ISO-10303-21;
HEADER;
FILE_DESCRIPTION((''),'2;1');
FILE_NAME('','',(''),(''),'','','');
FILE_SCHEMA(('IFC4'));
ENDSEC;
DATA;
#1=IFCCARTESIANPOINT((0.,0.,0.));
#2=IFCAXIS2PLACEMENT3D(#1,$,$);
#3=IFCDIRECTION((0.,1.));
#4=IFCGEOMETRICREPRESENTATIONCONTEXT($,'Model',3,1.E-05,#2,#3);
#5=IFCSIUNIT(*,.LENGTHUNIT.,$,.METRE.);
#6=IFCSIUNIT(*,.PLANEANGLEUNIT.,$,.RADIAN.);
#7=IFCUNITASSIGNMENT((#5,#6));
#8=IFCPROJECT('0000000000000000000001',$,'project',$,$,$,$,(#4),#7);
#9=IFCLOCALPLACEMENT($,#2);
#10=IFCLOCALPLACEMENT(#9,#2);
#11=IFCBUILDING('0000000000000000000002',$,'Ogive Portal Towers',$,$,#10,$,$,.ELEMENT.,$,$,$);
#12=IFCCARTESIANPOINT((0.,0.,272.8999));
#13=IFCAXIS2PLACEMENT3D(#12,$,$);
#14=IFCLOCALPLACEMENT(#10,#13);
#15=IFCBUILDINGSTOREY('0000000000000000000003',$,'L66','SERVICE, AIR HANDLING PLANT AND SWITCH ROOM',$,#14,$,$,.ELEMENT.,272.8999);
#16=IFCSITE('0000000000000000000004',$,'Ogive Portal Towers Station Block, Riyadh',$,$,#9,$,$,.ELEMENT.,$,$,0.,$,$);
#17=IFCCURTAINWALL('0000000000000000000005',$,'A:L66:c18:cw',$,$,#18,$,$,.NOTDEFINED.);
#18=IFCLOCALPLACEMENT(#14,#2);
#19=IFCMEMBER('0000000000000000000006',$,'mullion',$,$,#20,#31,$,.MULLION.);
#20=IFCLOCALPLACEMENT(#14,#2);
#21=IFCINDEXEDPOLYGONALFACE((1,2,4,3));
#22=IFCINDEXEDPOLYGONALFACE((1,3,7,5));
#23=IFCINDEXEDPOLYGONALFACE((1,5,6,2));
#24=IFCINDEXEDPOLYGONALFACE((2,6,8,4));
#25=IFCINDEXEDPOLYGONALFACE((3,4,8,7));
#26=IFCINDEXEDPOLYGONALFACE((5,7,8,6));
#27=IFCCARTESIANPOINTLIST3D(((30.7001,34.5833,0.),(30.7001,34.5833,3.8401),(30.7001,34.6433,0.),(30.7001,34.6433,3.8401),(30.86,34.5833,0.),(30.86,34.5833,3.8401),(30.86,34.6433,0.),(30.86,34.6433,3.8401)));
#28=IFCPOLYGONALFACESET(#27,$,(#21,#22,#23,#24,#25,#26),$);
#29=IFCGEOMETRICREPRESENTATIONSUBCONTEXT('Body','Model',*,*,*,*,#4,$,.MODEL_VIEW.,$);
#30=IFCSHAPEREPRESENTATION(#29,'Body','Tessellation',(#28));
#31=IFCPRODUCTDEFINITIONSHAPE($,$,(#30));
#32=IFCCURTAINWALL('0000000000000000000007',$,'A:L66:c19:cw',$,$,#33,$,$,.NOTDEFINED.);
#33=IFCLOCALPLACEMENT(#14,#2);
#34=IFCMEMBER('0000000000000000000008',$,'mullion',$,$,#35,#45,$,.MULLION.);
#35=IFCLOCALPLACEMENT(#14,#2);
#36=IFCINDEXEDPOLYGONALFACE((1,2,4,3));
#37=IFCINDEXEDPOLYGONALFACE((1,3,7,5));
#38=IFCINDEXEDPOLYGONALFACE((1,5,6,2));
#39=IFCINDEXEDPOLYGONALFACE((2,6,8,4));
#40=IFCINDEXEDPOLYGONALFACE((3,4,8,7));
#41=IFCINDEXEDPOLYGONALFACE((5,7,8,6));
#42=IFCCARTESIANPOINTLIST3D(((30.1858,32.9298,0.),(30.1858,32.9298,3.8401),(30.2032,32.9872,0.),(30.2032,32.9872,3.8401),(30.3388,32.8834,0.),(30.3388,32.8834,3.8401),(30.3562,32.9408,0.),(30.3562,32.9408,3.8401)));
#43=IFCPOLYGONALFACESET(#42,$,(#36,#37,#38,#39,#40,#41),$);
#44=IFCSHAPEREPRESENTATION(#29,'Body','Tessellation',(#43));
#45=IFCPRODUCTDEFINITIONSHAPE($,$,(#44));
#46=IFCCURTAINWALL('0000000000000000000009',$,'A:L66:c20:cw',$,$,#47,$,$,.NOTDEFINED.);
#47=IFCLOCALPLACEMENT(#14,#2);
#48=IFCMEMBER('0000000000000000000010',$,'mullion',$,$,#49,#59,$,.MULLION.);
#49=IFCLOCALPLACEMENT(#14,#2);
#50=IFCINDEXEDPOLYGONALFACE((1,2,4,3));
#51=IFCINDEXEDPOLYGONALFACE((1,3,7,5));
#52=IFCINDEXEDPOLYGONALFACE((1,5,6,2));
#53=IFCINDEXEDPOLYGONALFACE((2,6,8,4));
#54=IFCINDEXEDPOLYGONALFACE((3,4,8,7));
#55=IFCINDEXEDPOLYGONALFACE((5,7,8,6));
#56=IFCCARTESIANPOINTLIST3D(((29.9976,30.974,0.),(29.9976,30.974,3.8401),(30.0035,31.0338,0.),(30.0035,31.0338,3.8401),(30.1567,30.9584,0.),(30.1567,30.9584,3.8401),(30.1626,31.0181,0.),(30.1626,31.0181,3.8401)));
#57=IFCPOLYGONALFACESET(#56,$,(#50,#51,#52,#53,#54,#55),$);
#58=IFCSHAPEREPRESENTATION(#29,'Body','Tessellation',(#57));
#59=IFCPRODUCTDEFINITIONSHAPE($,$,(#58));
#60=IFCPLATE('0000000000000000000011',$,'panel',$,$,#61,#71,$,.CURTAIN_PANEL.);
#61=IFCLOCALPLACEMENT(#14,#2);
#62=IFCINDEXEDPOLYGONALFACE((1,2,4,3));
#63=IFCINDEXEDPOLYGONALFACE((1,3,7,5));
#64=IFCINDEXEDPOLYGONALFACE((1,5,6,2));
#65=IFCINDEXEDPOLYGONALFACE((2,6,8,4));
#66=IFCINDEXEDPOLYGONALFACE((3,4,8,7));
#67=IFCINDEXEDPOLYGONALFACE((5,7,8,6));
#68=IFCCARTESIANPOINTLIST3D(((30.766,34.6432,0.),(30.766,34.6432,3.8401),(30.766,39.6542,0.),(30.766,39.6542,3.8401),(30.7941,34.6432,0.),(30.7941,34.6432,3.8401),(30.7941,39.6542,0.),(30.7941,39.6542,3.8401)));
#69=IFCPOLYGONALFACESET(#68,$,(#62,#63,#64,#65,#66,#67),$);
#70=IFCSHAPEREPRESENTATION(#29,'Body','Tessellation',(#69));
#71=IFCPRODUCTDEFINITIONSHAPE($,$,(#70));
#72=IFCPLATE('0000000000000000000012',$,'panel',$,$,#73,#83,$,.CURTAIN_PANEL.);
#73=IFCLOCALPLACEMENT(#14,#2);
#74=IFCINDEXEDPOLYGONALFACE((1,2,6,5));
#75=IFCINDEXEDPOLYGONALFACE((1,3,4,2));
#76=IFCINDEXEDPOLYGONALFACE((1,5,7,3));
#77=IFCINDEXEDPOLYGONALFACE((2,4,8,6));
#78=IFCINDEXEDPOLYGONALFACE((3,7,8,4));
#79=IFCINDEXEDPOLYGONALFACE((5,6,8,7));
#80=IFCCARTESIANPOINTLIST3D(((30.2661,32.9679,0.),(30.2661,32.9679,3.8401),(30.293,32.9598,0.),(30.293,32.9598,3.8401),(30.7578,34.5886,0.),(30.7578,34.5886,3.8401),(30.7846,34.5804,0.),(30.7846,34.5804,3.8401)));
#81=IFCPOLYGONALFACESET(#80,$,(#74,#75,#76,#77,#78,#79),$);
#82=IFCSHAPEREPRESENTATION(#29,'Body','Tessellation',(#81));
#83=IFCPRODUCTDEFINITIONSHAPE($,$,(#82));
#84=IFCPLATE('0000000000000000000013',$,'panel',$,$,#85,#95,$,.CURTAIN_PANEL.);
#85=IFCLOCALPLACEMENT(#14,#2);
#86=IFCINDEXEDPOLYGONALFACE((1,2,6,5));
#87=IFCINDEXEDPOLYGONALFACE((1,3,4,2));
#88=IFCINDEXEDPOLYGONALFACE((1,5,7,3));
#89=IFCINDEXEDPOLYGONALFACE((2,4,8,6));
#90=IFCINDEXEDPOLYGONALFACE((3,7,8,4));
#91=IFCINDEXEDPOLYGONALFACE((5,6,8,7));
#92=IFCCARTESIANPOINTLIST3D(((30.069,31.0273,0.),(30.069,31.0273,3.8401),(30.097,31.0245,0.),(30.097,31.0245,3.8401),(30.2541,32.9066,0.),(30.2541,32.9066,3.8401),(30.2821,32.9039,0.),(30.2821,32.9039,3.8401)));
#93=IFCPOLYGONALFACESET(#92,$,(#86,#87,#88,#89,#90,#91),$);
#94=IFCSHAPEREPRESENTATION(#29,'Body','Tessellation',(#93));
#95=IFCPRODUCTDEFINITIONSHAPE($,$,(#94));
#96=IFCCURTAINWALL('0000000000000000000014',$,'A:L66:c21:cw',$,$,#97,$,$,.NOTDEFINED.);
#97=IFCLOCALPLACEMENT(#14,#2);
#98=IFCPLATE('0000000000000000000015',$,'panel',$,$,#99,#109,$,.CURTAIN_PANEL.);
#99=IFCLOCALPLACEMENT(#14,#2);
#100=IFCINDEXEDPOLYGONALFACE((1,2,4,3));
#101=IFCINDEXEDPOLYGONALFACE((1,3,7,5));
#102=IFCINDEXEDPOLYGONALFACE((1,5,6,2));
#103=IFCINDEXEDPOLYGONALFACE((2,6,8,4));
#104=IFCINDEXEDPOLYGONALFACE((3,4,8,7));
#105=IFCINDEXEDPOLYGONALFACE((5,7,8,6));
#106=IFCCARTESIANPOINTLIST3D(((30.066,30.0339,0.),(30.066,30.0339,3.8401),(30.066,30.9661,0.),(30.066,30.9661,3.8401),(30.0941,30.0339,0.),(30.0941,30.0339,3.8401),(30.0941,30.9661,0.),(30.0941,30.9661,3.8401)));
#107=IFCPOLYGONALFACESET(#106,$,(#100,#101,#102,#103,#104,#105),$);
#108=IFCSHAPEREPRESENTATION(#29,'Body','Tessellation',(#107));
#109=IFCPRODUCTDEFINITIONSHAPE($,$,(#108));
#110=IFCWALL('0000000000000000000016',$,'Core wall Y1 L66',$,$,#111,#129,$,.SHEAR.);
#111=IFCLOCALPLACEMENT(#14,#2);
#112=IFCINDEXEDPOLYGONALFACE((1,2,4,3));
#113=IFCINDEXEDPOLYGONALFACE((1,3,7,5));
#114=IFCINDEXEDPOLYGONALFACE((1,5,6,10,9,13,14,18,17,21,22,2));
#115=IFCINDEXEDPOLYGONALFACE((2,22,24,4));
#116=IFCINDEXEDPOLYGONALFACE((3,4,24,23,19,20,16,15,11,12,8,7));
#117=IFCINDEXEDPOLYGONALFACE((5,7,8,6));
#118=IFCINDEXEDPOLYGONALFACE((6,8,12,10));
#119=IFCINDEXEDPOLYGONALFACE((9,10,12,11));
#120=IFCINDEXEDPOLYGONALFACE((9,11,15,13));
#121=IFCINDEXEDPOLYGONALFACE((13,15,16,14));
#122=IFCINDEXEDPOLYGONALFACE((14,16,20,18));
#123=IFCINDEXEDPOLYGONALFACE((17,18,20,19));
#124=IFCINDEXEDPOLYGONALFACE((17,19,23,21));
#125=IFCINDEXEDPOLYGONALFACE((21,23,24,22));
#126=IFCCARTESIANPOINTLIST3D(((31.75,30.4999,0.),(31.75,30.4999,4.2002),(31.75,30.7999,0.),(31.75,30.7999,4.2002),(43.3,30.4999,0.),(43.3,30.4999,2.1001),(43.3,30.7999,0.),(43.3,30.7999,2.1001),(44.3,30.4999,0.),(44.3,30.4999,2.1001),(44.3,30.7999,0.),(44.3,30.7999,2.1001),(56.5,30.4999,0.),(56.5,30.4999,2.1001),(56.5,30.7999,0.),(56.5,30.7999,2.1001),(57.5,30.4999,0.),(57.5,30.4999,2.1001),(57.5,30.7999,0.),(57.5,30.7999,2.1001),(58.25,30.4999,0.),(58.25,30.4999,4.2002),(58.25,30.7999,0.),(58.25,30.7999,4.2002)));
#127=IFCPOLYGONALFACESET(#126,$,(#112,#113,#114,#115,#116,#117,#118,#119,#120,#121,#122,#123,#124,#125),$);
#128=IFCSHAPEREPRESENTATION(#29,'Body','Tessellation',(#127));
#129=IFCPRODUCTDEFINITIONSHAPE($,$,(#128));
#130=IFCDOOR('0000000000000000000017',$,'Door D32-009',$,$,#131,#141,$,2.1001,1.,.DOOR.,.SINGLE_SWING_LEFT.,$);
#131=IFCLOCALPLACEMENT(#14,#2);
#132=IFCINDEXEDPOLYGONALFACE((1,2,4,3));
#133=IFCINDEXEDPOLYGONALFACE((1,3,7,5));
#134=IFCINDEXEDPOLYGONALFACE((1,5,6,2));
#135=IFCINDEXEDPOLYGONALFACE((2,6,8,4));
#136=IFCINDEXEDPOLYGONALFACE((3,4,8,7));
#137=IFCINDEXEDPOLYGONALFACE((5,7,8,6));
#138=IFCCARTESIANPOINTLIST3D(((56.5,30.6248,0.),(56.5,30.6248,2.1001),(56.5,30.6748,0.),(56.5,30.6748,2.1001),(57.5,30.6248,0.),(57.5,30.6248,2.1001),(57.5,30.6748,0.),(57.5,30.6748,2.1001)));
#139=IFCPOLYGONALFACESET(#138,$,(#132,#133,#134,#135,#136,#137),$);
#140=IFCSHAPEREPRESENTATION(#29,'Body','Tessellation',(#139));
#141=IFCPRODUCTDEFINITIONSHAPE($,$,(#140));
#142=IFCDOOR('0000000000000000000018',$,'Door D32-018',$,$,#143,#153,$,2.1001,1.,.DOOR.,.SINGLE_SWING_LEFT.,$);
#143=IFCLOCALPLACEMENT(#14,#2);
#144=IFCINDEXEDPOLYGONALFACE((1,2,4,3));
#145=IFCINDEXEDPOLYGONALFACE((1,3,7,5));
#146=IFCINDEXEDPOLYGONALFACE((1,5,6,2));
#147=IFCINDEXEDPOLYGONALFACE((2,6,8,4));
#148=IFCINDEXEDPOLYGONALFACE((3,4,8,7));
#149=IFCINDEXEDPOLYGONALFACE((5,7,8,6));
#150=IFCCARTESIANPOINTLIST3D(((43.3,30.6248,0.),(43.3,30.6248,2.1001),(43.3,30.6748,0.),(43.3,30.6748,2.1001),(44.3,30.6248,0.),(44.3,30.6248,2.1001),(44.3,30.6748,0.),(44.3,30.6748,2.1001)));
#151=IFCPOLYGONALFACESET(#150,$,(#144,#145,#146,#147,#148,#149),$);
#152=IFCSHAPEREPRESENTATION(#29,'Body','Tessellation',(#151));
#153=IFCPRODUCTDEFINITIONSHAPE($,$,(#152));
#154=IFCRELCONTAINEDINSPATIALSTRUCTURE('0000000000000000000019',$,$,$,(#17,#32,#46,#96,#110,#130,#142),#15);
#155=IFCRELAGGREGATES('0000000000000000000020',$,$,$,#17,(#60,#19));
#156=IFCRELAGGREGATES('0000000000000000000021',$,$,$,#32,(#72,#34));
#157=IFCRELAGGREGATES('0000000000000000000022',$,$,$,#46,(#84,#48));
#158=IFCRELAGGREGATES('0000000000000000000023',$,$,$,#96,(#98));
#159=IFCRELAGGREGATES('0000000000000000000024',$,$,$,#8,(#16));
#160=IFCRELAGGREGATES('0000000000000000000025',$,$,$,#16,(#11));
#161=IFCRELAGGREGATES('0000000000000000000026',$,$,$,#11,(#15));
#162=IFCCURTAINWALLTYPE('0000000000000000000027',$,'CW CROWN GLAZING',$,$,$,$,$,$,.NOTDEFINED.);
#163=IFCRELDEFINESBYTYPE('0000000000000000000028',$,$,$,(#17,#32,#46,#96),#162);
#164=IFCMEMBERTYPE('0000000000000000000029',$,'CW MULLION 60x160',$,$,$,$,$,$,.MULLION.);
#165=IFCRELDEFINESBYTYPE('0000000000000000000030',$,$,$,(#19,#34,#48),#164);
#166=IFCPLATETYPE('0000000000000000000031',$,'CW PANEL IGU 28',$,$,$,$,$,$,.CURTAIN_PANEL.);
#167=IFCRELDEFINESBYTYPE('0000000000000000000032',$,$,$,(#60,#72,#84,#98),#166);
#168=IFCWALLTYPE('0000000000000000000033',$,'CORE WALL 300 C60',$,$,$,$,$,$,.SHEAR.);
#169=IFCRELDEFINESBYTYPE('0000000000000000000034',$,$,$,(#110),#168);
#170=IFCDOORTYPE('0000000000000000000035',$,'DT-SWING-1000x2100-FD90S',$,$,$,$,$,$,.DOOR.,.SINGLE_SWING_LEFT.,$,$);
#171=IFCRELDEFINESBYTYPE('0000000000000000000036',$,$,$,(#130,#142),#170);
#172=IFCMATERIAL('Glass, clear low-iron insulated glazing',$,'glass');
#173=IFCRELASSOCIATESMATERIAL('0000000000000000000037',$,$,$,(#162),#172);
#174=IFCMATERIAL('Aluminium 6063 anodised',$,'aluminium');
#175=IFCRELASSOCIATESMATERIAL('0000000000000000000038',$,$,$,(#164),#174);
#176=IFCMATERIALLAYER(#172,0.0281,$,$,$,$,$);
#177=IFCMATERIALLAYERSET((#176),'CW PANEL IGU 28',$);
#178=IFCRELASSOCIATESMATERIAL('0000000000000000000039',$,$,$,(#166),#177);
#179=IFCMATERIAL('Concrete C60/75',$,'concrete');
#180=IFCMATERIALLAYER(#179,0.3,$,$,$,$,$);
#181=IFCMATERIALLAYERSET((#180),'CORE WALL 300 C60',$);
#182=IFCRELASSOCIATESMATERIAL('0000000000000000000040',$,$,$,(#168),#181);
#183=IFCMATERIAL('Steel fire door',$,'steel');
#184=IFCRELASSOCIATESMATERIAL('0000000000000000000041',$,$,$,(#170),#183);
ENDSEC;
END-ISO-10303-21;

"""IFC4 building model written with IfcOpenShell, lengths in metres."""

from ifc_helpers import new_model, si_unit, direction, frame, frame_2d, origin, origin_2d, place, context, subcontext, project, spatial, rectangle, extrude, material, layer, layer_set, material_profile, profile_set, type_object, element, fill, aggregate, save


model = new_model("IFC4")

# Units and contexts
model_context = context("Model", 3, precision=1e-05, world=origin(), true_north=direction((0.0, 1.0)))
body_context = subcontext(model_context, "Body", "Model", "MODEL_VIEW")
ifc_project = project(units=[si_unit("LENGTHUNIT", "METRE"), si_unit("PLANEANGLEUNIT", "RADIAN")], contexts=[model_context])

# Site, building, storey
site_placement = place(None, origin())
site = spatial("IfcSite", under=ifc_project, at=site_placement, Name="Ogive Portal Towers Station Block, Riyadh", CompositionType="ELEMENT", RefElevation=0.0)
building_placement = place(site_placement, origin())
building = spatial("IfcBuilding", under=site, at=building_placement, Name="Ogive Portal Towers", CompositionType="ELEMENT")
storey_placement = place(building_placement, frame((0.0, 0.0, 272.8999)))
storey = spatial("IfcBuildingStorey", under=building, at=storey_placement, Name="L66", Description="SERVICE, AIR HANDLING PLANT AND SWITCH ROOM", CompositionType="ELEMENT", Elevation=272.8999)

# Curtain walls, members
ifc_material_1 = material(Name="Glass, clear low-iron insulated glazing", Category="glass")
curtain_wall_type = type_object("IfcCurtainWallType", Name="CW CROWN GLAZING", PredefinedType="NOTDEFINED", material=ifc_material_1)
curtain_wall_1_placement = place(storey_placement, origin())
curtain_wall_1 = element("IfcCurtainWall", 1, at=curtain_wall_1_placement, inside=storey, type_object=curtain_wall_type, Name="A:L66:c18:cw", PredefinedType="NOTDEFINED")
ifc_material_2 = material(Name="Aluminium 6063 anodised", Category="aluminium")
ifc_material_profile = material_profile(ifc_material_2, rectangle(XDim=0.1599, YDim=0.0601, at=origin_2d()), Name="AL 60x160")
ifc_profile_set = profile_set([ifc_material_profile], Name="Aluminium 6063 anodised")
member_type = type_object("IfcMemberType", Name="CW MULLION 60x160", PredefinedType="MULLION", material=ifc_profile_set)
member_1_placement = place(storey_placement, frame((30.78, 34.6133, 0.0), z_axis=(0.0, 0.0, 1.0), x_axis=(1.0, 0.0, 0.0)))
member_1 = element("IfcMember", 2, at=member_1_placement, type_object=member_type, Name="mullion", PredefinedType="MULLION", context=body_context, shape_type="SweptSolid", body=[
    extrude(rectangle(XDim=0.1599, YDim=0.0601, at=origin_2d()), origin(), (0.0, 0.0, 1.0), 3.8401),
])
curtain_wall_2_placement = place(storey_placement, origin())
curtain_wall_2 = element("IfcCurtainWall", 3, at=curtain_wall_2_placement, inside=storey, type_object=curtain_wall_type, Name="A:L66:c19:cw", PredefinedType="NOTDEFINED")
member_2_placement = place(storey_placement, frame((30.271, 32.9353, 0.0), z_axis=(0.0, 0.0, 1.0), x_axis=(0.95694, -0.290285, 0.0)))
member_2 = element("IfcMember", 4, at=member_2_placement, type_object=member_type, Name="mullion", PredefinedType="MULLION", context=body_context, shape_type="SweptSolid", body=[
    extrude(rectangle(XDim=0.1599, YDim=0.0601, at=origin_2d()), origin(), (0.0, 0.0, 1.0), 3.8401),
])
curtain_wall_3_placement = place(storey_placement, origin())
curtain_wall_3 = element("IfcCurtainWall", 5, at=curtain_wall_3_placement, inside=storey, type_object=curtain_wall_type, Name="A:L66:c20:cw", PredefinedType="NOTDEFINED")
member_3_placement = place(storey_placement, frame((30.0801, 30.9961, 0.0), z_axis=(0.0, 0.0, 1.0), x_axis=(0.995185, -0.098017, 0.0)))
member_3 = element("IfcMember", 6, at=member_3_placement, type_object=member_type, Name="mullion", PredefinedType="MULLION", context=body_context, shape_type="SweptSolid", body=[
    extrude(rectangle(XDim=0.1599, YDim=0.0601, at=origin_2d()), origin(), (0.0, 0.0, 1.0), 3.8401),
])

# Plates
ifc_layer_1 = layer(ifc_material_1, 0.0281)
ifc_layer_set_1 = layer_set([ifc_layer_1], Name="CW PANEL IGU 28")
plate_type = type_object("IfcPlateType", Name="CW PANEL IGU 28", PredefinedType="CURTAIN_PANEL", material=ifc_layer_set_1)
plate_1_placement = place(storey_placement, frame((30.78, 37.1487, 0.0), z_axis=(0.0, 0.0, 1.0), x_axis=(0.0, -1.0, 0.0)))
plate_1 = element("IfcPlate", 7, at=plate_1_placement, type_object=plate_type, Name="panel", PredefinedType="CURTAIN_PANEL", context=body_context, shape_type="SweptSolid", body=[
    extrude(rectangle(XDim=5.011, YDim=0.0281, at=origin_2d()), origin(), (0.0, 0.0, 1.0), 3.8401),
])
aggregate(curtain_wall_1, [plate_1, member_1])
plate_2_placement = place(storey_placement, frame((30.5254, 33.7742, 0.0), z_axis=(0.0, 0.0, 1.0), x_axis=(-0.290285, -0.95694, 0.0)))
plate_2 = element("IfcPlate", 8, at=plate_2_placement, type_object=plate_type, Name="panel", PredefinedType="CURTAIN_PANEL", context=body_context, shape_type="SweptSolid", body=[
    extrude(rectangle(XDim=1.6936, YDim=0.0281, at=origin_2d()), origin(), (0.0, 0.0, 1.0), 3.8401),
])
aggregate(curtain_wall_2, [plate_2, member_2])
plate_3_placement = place(storey_placement, frame((30.1755, 31.9656, 0.0), z_axis=(0.0, 0.0, 1.0), x_axis=(-0.098017, -0.995185, 0.0)))
plate_3 = element("IfcPlate", 9, at=plate_3_placement, type_object=plate_type, Name="panel", PredefinedType="CURTAIN_PANEL", context=body_context, shape_type="SweptSolid", body=[
    extrude(rectangle(XDim=1.8884, YDim=0.0281, at=origin_2d()), origin(), (0.0, 0.0, 1.0), 3.8401),
])
aggregate(curtain_wall_3, [plate_3, member_3])

# Curtain wall, plate
curtain_wall_4_placement = place(storey_placement, origin())
curtain_wall_4 = element("IfcCurtainWall", 10, at=curtain_wall_4_placement, inside=storey, type_object=curtain_wall_type, Name="A:L66:c21:cw", PredefinedType="NOTDEFINED")
plate_4_placement = place(storey_placement, frame((30.0801, 30.5, 0.0), z_axis=(0.0, 0.0, 1.0), x_axis=(0.0, -1.0, 0.0)))
plate_4 = element("IfcPlate", 11, at=plate_4_placement, type_object=plate_type, Name="panel", PredefinedType="CURTAIN_PANEL", context=body_context, shape_type="SweptSolid", body=[
    extrude(rectangle(XDim=0.9321, YDim=0.0281, at=origin_2d()), origin(), (0.0, 0.0, 1.0), 3.8401),
])
aggregate(curtain_wall_4, [plate_4])

# Wall, openings, doors
ifc_material_3 = material(Name="Concrete C60/75", Category="concrete")
ifc_layer_2 = layer(ifc_material_3, 0.3)
ifc_layer_set_2 = layer_set([ifc_layer_2], Name="CORE WALL 300 C60")
wall_type_1 = type_object("IfcWallType", Name="CORE WALL 300 C60", PredefinedType="SHEAR", material=ifc_layer_set_2)
wall_1_placement = place(storey_placement, frame((31.75, 30.6499, 0.0), z_axis=(0.0, 0.0, 1.0), x_axis=(1.0, 0.0, 0.0)))
wall_1 = element("IfcWall", 12, at=wall_1_placement, inside=storey, type_object=wall_type_1, Name="Core wall Y1 L66", PredefinedType="SHEAR", context=body_context, shape_type="SweptSolid", body=[
    extrude(rectangle(XDim=26.5, YDim=0.3, at=frame_2d((13.25, 0.0))), origin(), (0.0, 0.0, 1.0), 4.2002),
])
opening_1_placement = place(wall_1_placement, frame((24.75, 0.0, 0.0)))
opening_1 = element("IfcOpeningElement", 13, at=opening_1_placement, cuts=wall_1, PredefinedType="OPENING", context=body_context, shape_type="SweptSolid", body=[
    extrude(rectangle(XDim=1.0, YDim=2.1001, at=frame_2d((0.5, 1.05))), frame((0.0, 0.1602, 0.0), z_axis=(0.0, -1.0, 0.0), x_axis=(1.0, 0.0, 0.0)), (0.0, 0.0, 1.0), 0.3201),
])
opening_2_placement = place(wall_1_placement, frame((11.55, 0.0, 0.0)))
opening_2 = element("IfcOpeningElement", 14, at=opening_2_placement, cuts=wall_1, PredefinedType="OPENING", context=body_context, shape_type="SweptSolid", body=[
    extrude(rectangle(XDim=1.0, YDim=2.1001, at=frame_2d((0.5, 1.05))), frame((0.0, 0.1602, 0.0), z_axis=(0.0, -1.0, 0.0), x_axis=(1.0, 0.0, 0.0)), (0.0, 0.0, 1.0), 0.3201),
])
ifc_material_4 = material(Name="Steel fire door", Category="steel")
door_type_1 = type_object("IfcDoorType", Name="DT-SWING-1000x2100-FD90S", OperationType="SINGLE_SWING_LEFT", PredefinedType="DOOR", material=ifc_material_4)
door_1_placement = place(opening_1_placement, origin())
door_1 = element("IfcDoor", 15, at=door_1_placement, inside=storey, type_object=door_type_1, Name="Door D32-009", OperationType="SINGLE_SWING_LEFT", OverallHeight=2.1001, OverallWidth=1.0, PredefinedType="DOOR", context=body_context, shape_type="SweptSolid", body=[
    extrude(rectangle(XDim=1.0, YDim=2.1001, at=frame_2d((0.5, 1.05))), frame((0.0, 0.0249, 0.0), z_axis=(0.0, -1.0, 0.0), x_axis=(1.0, 0.0, 0.0)), (0.0, 0.0, 1.0), 0.05),
])
fill(opening_1, door_1)
door_2_placement = place(opening_2_placement, origin())
door_2 = element("IfcDoor", 16, at=door_2_placement, inside=storey, type_object=door_type_1, Name="Door D32-018", OperationType="SINGLE_SWING_LEFT", OverallHeight=2.1001, OverallWidth=1.0, PredefinedType="DOOR", context=body_context, shape_type="SweptSolid", body=[
    extrude(rectangle(XDim=1.0, YDim=2.1001, at=frame_2d((0.5, 1.05))), frame((0.0, 0.0249, 0.0), z_axis=(0.0, -1.0, 0.0), x_axis=(1.0, 0.0, 0.0)), (0.0, 0.0, 1.0), 0.05),
])
fill(opening_2, door_2)

save(model, "model.ifc")
